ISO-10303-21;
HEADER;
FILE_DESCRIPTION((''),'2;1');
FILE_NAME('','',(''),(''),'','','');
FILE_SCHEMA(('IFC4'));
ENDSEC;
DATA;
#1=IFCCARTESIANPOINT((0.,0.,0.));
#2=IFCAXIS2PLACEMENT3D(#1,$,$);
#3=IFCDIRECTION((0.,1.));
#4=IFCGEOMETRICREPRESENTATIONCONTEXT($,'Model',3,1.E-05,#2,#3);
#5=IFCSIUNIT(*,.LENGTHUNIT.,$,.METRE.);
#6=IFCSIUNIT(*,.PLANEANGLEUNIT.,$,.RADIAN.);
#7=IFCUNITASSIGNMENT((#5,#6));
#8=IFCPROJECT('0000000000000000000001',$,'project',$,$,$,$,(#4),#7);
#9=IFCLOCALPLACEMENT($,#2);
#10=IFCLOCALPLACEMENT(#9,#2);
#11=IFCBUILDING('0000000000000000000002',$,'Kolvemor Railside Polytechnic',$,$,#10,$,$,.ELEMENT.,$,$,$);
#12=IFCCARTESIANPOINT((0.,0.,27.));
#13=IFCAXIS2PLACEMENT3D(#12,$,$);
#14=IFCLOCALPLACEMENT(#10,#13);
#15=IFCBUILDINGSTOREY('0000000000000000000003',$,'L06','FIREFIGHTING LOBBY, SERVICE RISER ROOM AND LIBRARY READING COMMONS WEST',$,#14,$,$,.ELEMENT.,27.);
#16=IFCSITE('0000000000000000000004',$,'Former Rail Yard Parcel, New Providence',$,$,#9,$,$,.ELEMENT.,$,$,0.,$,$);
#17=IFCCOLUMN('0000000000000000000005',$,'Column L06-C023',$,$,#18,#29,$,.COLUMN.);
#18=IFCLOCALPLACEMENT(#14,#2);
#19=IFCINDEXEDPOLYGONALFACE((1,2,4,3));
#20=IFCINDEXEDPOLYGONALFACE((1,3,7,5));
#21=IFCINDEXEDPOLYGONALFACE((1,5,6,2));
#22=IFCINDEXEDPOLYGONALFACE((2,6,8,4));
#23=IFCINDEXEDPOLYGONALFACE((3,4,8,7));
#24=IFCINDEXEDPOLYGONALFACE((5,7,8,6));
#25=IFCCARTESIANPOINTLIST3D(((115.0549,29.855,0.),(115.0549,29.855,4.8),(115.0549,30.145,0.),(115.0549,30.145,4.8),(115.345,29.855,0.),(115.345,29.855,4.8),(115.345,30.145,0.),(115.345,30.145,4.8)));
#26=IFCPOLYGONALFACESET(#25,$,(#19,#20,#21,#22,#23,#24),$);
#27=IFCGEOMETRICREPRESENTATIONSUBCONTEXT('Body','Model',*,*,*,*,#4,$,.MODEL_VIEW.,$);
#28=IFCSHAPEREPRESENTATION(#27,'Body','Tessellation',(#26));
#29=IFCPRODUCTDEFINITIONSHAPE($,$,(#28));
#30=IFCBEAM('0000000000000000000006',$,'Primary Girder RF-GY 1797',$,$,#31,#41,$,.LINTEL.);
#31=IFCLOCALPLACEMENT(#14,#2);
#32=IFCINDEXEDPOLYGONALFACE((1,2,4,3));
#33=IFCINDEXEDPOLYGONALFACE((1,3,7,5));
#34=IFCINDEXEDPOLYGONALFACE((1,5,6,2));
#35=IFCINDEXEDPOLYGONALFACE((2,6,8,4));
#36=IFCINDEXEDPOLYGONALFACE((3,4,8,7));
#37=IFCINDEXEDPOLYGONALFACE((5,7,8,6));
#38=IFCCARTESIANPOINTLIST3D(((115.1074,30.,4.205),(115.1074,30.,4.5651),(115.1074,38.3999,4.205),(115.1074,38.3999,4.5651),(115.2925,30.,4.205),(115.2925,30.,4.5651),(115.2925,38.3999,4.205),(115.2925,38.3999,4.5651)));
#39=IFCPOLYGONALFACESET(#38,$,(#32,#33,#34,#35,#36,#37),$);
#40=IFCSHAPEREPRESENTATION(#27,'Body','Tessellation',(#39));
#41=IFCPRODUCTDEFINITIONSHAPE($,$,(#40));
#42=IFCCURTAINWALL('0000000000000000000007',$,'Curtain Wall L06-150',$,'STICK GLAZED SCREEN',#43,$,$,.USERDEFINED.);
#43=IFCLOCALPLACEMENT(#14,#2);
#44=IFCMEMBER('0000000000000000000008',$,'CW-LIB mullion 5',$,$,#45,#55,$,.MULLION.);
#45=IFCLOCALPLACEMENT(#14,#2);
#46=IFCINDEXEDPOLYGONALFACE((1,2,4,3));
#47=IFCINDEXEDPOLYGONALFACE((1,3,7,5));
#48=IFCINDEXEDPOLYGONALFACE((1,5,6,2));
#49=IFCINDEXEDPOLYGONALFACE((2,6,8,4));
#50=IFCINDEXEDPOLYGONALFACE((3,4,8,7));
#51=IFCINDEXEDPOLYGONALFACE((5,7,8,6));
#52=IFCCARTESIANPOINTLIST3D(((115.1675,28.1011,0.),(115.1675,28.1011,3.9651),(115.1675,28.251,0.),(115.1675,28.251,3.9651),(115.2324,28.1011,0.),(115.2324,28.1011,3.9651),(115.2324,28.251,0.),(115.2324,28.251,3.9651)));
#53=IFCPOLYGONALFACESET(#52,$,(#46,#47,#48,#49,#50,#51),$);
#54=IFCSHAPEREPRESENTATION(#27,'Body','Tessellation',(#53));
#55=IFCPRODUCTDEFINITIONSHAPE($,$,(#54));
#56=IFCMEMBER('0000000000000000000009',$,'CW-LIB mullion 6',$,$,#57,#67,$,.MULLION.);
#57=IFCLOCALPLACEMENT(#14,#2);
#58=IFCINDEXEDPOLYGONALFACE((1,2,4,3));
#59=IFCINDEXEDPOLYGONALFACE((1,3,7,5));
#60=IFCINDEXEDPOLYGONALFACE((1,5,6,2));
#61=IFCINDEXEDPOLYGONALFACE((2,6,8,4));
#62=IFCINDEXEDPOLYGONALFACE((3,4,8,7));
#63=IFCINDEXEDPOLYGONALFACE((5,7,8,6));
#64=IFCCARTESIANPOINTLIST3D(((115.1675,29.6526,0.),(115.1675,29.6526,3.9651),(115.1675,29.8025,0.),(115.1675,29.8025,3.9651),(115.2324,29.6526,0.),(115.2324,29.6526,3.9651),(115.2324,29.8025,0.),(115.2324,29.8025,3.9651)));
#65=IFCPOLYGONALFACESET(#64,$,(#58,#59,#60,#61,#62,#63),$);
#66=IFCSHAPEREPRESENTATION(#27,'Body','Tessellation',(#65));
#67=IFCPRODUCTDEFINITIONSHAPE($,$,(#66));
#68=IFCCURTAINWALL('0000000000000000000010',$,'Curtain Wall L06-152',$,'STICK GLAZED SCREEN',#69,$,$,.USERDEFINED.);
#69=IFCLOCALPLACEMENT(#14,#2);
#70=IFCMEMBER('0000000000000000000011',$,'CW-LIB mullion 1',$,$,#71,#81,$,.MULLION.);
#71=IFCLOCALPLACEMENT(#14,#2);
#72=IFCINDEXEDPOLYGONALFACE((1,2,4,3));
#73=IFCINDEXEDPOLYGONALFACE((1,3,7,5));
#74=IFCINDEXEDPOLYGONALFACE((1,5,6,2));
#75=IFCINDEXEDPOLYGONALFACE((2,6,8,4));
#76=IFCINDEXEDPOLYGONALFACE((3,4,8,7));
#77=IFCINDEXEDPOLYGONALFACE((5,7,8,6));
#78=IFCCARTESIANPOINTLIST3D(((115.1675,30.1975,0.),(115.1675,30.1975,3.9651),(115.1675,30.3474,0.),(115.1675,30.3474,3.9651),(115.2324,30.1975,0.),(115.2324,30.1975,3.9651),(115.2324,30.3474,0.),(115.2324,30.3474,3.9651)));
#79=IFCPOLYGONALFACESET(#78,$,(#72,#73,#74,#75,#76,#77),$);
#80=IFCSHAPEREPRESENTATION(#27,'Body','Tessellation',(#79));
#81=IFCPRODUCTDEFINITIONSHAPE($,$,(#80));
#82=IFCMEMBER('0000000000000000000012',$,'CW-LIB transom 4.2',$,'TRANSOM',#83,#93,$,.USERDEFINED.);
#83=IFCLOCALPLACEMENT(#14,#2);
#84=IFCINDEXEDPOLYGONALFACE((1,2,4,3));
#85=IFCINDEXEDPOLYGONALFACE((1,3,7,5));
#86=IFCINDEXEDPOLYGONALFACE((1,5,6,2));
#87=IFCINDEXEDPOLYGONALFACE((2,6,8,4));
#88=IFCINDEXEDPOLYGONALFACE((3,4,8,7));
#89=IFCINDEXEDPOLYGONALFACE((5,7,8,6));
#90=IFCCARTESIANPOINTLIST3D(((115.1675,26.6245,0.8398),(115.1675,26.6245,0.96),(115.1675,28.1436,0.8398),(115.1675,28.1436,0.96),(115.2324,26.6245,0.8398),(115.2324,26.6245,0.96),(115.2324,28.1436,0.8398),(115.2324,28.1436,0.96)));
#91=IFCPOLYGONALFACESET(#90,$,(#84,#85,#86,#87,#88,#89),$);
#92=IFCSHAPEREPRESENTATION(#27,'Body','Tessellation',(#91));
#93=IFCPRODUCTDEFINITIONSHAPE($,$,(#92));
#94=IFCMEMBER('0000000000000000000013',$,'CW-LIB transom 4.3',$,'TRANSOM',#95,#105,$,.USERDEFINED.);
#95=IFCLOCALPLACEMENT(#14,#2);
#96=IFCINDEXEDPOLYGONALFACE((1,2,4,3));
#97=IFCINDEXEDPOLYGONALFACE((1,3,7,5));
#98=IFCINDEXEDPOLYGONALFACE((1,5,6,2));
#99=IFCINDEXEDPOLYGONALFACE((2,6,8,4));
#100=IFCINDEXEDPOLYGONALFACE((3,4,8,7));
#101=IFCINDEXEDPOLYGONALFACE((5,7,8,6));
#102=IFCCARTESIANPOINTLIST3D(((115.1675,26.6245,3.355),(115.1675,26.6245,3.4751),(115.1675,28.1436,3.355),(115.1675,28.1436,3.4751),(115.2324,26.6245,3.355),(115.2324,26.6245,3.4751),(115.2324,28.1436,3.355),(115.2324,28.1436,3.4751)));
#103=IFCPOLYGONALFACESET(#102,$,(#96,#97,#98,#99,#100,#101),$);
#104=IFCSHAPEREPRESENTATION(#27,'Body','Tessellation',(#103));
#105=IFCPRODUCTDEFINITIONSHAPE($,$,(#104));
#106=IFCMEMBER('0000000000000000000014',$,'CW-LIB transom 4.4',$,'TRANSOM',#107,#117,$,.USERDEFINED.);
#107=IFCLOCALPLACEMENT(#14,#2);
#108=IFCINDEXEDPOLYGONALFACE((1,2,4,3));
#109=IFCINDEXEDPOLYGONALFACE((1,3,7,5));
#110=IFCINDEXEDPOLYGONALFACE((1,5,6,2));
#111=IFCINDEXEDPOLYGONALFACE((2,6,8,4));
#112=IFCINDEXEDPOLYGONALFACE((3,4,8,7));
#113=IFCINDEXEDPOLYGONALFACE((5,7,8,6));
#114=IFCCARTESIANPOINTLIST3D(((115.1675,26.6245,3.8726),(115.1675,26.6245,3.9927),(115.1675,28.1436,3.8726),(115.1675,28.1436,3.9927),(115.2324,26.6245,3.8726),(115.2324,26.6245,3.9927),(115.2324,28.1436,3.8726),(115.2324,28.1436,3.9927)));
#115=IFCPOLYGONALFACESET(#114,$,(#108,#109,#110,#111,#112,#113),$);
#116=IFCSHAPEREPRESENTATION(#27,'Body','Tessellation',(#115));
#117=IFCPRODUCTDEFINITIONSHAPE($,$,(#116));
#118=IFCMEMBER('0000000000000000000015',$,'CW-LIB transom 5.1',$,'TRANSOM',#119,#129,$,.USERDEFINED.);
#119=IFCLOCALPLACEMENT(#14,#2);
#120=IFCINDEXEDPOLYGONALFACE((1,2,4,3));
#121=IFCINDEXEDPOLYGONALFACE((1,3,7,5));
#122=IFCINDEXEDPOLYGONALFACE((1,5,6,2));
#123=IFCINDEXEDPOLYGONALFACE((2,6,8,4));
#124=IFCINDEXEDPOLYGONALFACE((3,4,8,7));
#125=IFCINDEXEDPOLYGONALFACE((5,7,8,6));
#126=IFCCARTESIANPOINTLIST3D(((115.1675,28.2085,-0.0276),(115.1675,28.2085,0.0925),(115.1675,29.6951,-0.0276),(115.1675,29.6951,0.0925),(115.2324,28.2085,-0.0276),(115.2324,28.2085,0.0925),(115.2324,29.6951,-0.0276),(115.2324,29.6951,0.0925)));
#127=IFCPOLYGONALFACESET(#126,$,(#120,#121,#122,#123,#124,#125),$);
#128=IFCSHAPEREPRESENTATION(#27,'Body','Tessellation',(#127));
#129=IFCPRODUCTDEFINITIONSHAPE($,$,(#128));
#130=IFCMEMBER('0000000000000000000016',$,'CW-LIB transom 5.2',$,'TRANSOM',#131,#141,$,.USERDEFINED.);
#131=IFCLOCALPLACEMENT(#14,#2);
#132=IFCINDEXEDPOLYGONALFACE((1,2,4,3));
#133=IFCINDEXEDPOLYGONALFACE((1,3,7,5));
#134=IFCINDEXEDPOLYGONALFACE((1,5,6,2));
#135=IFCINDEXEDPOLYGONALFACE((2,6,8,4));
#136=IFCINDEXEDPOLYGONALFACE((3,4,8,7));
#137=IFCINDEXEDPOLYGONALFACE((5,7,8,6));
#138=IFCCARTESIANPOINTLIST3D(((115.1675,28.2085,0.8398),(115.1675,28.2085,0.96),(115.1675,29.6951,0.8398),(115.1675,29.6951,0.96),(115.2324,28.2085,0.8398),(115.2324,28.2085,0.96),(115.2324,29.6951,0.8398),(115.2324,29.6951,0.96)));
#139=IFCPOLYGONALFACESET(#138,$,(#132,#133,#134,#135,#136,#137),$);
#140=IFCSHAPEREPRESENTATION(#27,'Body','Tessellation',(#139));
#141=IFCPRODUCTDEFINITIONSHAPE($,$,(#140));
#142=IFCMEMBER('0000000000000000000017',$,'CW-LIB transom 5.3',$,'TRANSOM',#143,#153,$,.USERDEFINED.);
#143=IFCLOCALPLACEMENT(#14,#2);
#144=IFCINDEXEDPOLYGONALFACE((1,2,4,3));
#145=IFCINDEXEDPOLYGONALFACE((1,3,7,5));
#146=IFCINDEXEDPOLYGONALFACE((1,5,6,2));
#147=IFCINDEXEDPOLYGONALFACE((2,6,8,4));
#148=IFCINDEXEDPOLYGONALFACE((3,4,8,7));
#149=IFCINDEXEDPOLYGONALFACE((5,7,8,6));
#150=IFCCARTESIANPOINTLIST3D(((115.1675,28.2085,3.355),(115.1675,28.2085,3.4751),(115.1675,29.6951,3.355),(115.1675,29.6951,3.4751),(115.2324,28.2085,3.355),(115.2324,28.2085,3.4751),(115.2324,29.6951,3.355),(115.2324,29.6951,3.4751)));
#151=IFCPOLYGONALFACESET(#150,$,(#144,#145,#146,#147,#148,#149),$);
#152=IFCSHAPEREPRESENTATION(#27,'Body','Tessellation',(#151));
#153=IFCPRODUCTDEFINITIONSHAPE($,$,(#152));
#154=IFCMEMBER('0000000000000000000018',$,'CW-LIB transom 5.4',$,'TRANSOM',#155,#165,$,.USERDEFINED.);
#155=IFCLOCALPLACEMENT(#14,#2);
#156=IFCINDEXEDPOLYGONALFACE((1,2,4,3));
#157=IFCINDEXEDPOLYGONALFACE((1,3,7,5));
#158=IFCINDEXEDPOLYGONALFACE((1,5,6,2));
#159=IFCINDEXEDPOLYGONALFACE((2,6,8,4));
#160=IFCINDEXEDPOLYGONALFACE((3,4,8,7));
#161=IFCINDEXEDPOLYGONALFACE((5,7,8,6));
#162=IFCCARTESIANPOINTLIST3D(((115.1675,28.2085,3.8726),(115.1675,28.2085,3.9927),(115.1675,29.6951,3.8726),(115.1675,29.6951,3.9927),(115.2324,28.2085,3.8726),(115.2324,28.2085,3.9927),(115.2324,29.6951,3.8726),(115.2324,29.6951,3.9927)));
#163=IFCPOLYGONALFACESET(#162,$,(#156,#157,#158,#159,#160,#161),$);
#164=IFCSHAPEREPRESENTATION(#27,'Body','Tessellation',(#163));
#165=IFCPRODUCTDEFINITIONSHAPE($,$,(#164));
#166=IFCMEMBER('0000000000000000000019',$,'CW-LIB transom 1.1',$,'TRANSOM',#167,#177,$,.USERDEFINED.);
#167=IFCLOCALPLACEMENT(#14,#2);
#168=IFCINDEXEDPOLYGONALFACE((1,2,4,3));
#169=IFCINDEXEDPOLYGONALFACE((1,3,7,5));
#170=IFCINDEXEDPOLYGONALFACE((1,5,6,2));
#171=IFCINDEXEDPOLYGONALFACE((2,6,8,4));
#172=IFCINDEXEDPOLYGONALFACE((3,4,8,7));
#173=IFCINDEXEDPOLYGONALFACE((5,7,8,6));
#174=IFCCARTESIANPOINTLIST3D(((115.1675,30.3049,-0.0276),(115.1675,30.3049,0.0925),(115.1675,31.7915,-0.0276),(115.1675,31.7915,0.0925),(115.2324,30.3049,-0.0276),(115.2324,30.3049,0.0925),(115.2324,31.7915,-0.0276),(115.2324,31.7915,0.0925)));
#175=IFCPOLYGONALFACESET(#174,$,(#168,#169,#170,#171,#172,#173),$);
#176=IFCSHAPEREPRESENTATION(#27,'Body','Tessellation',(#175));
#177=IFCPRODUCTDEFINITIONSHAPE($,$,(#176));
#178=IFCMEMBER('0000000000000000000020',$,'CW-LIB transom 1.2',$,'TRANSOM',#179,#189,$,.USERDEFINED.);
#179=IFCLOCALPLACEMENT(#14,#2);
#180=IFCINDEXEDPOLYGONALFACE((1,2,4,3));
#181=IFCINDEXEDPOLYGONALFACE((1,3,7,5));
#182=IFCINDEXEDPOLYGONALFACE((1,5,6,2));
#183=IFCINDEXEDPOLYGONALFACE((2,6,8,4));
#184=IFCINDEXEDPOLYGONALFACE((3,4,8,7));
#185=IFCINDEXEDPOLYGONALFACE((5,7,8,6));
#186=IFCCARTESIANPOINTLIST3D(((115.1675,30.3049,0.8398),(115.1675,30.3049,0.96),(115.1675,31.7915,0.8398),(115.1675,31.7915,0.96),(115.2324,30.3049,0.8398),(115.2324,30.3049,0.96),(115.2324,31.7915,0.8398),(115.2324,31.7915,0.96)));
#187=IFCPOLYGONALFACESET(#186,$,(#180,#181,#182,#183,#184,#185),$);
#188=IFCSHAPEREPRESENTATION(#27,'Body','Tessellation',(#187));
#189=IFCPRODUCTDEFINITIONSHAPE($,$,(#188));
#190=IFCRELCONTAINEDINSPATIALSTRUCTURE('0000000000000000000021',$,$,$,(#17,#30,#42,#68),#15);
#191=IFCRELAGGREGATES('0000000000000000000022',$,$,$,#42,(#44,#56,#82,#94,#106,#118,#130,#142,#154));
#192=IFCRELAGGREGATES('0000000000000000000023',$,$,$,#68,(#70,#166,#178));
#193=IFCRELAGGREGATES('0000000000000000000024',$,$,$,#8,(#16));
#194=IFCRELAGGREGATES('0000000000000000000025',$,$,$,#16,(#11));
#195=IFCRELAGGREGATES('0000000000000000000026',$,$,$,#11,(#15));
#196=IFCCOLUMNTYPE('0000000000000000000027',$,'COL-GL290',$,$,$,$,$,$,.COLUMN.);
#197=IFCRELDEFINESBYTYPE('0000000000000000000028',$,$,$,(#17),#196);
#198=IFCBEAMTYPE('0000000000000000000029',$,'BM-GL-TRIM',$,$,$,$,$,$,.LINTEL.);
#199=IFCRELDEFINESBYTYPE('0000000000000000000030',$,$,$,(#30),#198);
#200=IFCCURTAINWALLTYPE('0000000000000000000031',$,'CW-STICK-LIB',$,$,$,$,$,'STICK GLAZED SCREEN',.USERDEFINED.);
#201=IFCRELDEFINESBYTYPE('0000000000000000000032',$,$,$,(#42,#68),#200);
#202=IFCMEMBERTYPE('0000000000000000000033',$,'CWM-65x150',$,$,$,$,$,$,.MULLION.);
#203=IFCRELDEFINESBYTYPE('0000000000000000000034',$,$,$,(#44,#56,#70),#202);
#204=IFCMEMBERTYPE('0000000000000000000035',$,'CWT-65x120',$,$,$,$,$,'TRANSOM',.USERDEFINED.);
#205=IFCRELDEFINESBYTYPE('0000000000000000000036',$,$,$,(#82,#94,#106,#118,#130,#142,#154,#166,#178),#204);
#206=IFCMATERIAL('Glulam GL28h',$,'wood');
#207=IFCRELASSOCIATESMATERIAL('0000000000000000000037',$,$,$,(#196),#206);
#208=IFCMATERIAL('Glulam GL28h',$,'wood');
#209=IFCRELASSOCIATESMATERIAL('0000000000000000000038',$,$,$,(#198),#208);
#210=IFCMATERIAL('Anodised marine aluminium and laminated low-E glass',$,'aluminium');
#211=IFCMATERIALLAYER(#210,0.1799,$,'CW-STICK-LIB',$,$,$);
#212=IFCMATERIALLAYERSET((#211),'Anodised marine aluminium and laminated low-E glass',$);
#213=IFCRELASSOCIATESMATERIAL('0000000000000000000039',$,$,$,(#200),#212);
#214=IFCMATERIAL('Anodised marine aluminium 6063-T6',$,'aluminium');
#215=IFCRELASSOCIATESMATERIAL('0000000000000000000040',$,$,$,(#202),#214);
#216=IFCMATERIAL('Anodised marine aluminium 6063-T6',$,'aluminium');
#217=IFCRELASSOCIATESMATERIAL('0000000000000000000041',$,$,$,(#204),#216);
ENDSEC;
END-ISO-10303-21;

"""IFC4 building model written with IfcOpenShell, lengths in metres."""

from ifc_helpers import new_model, si_unit, direction, frame, origin, origin_2d, place, context, subcontext, project, spatial, rectangle, extrude, material, layer, layer_set, material_profile, profile_set, type_object, element, aggregate, save


model = new_model("IFC4")

# Units and contexts
model_context = context("Model", 3, precision=1e-05, world=origin(), true_north=direction((0.0, 1.0)))
body_context = subcontext(model_context, "Body", "Model", "MODEL_VIEW")
ifc_project = project(units=[si_unit("LENGTHUNIT", "METRE"), si_unit("PLANEANGLEUNIT", "RADIAN")], contexts=[model_context])

# Site, building, storey
site_placement = place(None, origin())
site = spatial("IfcSite", under=ifc_project, at=site_placement, Name="Former Rail Yard Parcel, New Providence", CompositionType="ELEMENT", RefElevation=0.0)
building_placement = place(site_placement, origin())
building = spatial("IfcBuilding", under=site, at=building_placement, Name="Kolvemor Railside Polytechnic", CompositionType="ELEMENT")
storey_placement = place(building_placement, frame((0.0, 0.0, 27.0)))
storey = spatial("IfcBuildingStorey", under=building, at=storey_placement, Name="L06", Description="FIREFIGHTING LOBBY, SERVICE RISER ROOM AND LIBRARY READING COMMONS WEST", CompositionType="ELEMENT", Elevation=27.0)

# Column
ifc_material_1 = material(Name="Glulam GL28h", Category="wood")
ifc_material_profile_1 = material_profile(ifc_material_1, rectangle(XDim=0.29, YDim=0.29, at=origin_2d()), Name="GL290x290")
ifc_profile_set_1 = profile_set([ifc_material_profile_1], Name="Glulam GL28h")
column_type = type_object("IfcColumnType", Name="COL-GL290", PredefinedType="COLUMN", material=ifc_profile_set_1)
column_placement = place(storey_placement, frame((115.2, 30.0, 0.0), z_axis=(0.0, 0.0, 1.0), x_axis=(1.0, 0.0, 0.0)))
element("IfcColumn", 1, at=column_placement, inside=storey, type_object=column_type, Name="Column L06-C023", PredefinedType="COLUMN", context=body_context, shape_type="SweptSolid", body=[
    extrude(rectangle(XDim=0.29, YDim=0.29, at=origin_2d()), origin(), (0.0, 0.0, 1.0), 4.8),
])

# Beam
ifc_material_2 = material(Name="Glulam GL28h", Category="wood")
ifc_material_profile_2 = material_profile(ifc_material_2, rectangle(XDim=0.1851, YDim=0.3601, at=origin_2d()), Name="GL185x360")
ifc_profile_set_2 = profile_set([ifc_material_profile_2], Name="Glulam GL28h")
beam_type = type_object("IfcBeamType", Name="BM-GL-TRIM", PredefinedType="LINTEL", material=ifc_profile_set_2)
beam_placement = place(storey_placement, frame((115.2, 30.0, 4.385), z_axis=(0.0, 1.0, 0.0), x_axis=(-1.0, 0.0, 0.0)))
element("IfcBeam", 2, at=beam_placement, inside=storey, type_object=beam_type, Name="Primary Girder RF-GY 1797", PredefinedType="LINTEL", context=body_context, shape_type="SweptSolid", body=[
    extrude(rectangle(XDim=0.1851, YDim=0.3601, at=origin_2d()), origin(), (0.0, 0.0, 1.0), 8.3999),
])

# Curtain wall, members
ifc_material_3 = material(Name="Anodised marine aluminium and laminated low-E glass", Category="aluminium")
ifc_layer_1 = layer(ifc_material_3, 0.1799, Name="CW-STICK-LIB")
ifc_layer_set_1 = layer_set([ifc_layer_1], Name="Anodised marine aluminium and laminated low-E glass")
curtain_wall_type = type_object("IfcCurtainWallType", Name="CW-STICK-LIB", ElementType="STICK GLAZED SCREEN", PredefinedType="USERDEFINED", material=ifc_layer_set_1)
curtain_wall_1_placement = place(storey_placement, origin())
curtain_wall_1 = element("IfcCurtainWall", 3, at=curtain_wall_1_placement, inside=storey, type_object=curtain_wall_type, Name="Curtain Wall L06-150", ObjectType="STICK GLAZED SCREEN", PredefinedType="USERDEFINED")
ifc_material_4 = material(Name="Anodised marine aluminium 6063-T6", Category="aluminium")
ifc_material_profile_3 = material_profile(ifc_material_4, rectangle(XDim=0.0649, YDim=0.1499, at=origin_2d()), Name="CW-MUL-65x150")
ifc_profile_set_3 = profile_set([ifc_material_profile_3], Name="Anodised marine aluminium 6063-T6")
member_type_1 = type_object("IfcMemberType", Name="CWM-65x150", PredefinedType="MULLION", material=ifc_profile_set_3)
member_1_placement = place(storey_placement, frame((115.2, 28.176, 0.0), z_axis=(0.0, 0.0, 1.0), x_axis=(-1.0, 0.0, 0.0)))
member_1 = element("IfcMember", 4, at=member_1_placement, type_object=member_type_1, Name="CW-LIB mullion 5", PredefinedType="MULLION", context=body_context, shape_type="SweptSolid", body=[
    extrude(rectangle(XDim=0.0649, YDim=0.1499, at=origin_2d()), origin(), (0.0, 0.0, 1.0), 3.9651),
])
member_2_placement = place(storey_placement, frame((115.2, 29.7275, 0.0), z_axis=(0.0, 0.0, 1.0), x_axis=(-1.0, 0.0, 0.0)))
member_2 = element("IfcMember", 5, at=member_2_placement, type_object=member_type_1, Name="CW-LIB mullion 6", PredefinedType="MULLION", context=body_context, shape_type="SweptSolid", body=[
    extrude(rectangle(XDim=0.0649, YDim=0.1499, at=origin_2d()), origin(), (0.0, 0.0, 1.0), 3.9651),
])

# Curtain wall, member
curtain_wall_2_placement = place(storey_placement, origin())
curtain_wall_2 = element("IfcCurtainWall", 6, at=curtain_wall_2_placement, inside=storey, type_object=curtain_wall_type, Name="Curtain Wall L06-152", ObjectType="STICK GLAZED SCREEN", PredefinedType="USERDEFINED")
member_3_placement = place(storey_placement, frame((115.2, 30.2725, 0.0), z_axis=(0.0, 0.0, 1.0), x_axis=(-1.0, 0.0, 0.0)))
member_3 = element("IfcMember", 7, at=member_3_placement, type_object=member_type_1, Name="CW-LIB mullion 1", PredefinedType="MULLION", context=body_context, shape_type="SweptSolid", body=[
    extrude(rectangle(XDim=0.0649, YDim=0.1499, at=origin_2d()), origin(), (0.0, 0.0, 1.0), 3.9651),
])

# Members
ifc_material_5 = material(Name="Anodised marine aluminium 6063-T6", Category="aluminium")
ifc_material_profile_4 = material_profile(ifc_material_5, rectangle(XDim=0.0649, YDim=0.1201, at=origin_2d()), Name="CW-TRN-65x120")
ifc_profile_set_4 = profile_set([ifc_material_profile_4], Name="Anodised marine aluminium 6063-T6")
member_type_2 = type_object("IfcMemberType", Name="CWT-65x120", ElementType="TRANSOM", PredefinedType="USERDEFINED", material=ifc_profile_set_4)
member_4_placement = place(storey_placement, frame((115.2, 26.6245, 0.8999), z_axis=(0.0, 1.0, 0.0), x_axis=(-1.0, 0.0, 0.0)))
member_4 = element("IfcMember", 8, at=member_4_placement, type_object=member_type_2, Name="CW-LIB transom 4.2", ObjectType="TRANSOM", PredefinedType="USERDEFINED", context=body_context, shape_type="SweptSolid", body=[
    extrude(rectangle(XDim=0.0649, YDim=0.1201, at=origin_2d()), origin(), (0.0, 0.0, 1.0), 1.519),
])
member_5_placement = place(storey_placement, frame((115.2, 26.6245, 3.415), z_axis=(0.0, 1.0, 0.0), x_axis=(-1.0, 0.0, 0.0)))
member_5 = element("IfcMember", 9, at=member_5_placement, type_object=member_type_2, Name="CW-LIB transom 4.3", ObjectType="TRANSOM", PredefinedType="USERDEFINED", context=body_context, shape_type="SweptSolid", body=[
    extrude(rectangle(XDim=0.0649, YDim=0.1201, at=origin_2d()), origin(), (0.0, 0.0, 1.0), 1.519),
])
member_6_placement = place(storey_placement, frame((115.2, 26.6245, 3.9326), z_axis=(0.0, 1.0, 0.0), x_axis=(-1.0, 0.0, 0.0)))
member_6 = element("IfcMember", 10, at=member_6_placement, type_object=member_type_2, Name="CW-LIB transom 4.4", ObjectType="TRANSOM", PredefinedType="USERDEFINED", context=body_context, shape_type="SweptSolid", body=[
    extrude(rectangle(XDim=0.0649, YDim=0.1201, at=origin_2d()), origin(), (0.0, 0.0, 1.0), 1.519),
])
member_7_placement = place(storey_placement, frame((115.2, 28.2085, 0.0325), z_axis=(0.0, 1.0, 0.0), x_axis=(-1.0, 0.0, 0.0)))
member_7 = element("IfcMember", 11, at=member_7_placement, type_object=member_type_2, Name="CW-LIB transom 5.1", ObjectType="TRANSOM", PredefinedType="USERDEFINED", context=body_context, shape_type="SweptSolid", body=[
    extrude(rectangle(XDim=0.0649, YDim=0.1201, at=origin_2d()), origin(), (0.0, 0.0, 1.0), 1.4866),
])
member_8_placement = place(storey_placement, frame((115.2, 28.2085, 0.8999), z_axis=(0.0, 1.0, 0.0), x_axis=(-1.0, 0.0, 0.0)))
member_8 = element("IfcMember", 12, at=member_8_placement, type_object=member_type_2, Name="CW-LIB transom 5.2", ObjectType="TRANSOM", PredefinedType="USERDEFINED", context=body_context, shape_type="SweptSolid", body=[
    extrude(rectangle(XDim=0.0649, YDim=0.1201, at=origin_2d()), origin(), (0.0, 0.0, 1.0), 1.4866),
])
member_9_placement = place(storey_placement, frame((115.2, 28.2085, 3.415), z_axis=(0.0, 1.0, 0.0), x_axis=(-1.0, 0.0, 0.0)))
member_9 = element("IfcMember", 13, at=member_9_placement, type_object=member_type_2, Name="CW-LIB transom 5.3", ObjectType="TRANSOM", PredefinedType="USERDEFINED", context=body_context, shape_type="SweptSolid", body=[
    extrude(rectangle(XDim=0.0649, YDim=0.1201, at=origin_2d()), origin(), (0.0, 0.0, 1.0), 1.4866),
])
member_10_placement = place(storey_placement, frame((115.2, 28.2085, 3.9326), z_axis=(0.0, 1.0, 0.0), x_axis=(-1.0, 0.0, 0.0)))
member_10 = element("IfcMember", 14, at=member_10_placement, type_object=member_type_2, Name="CW-LIB transom 5.4", ObjectType="TRANSOM", PredefinedType="USERDEFINED", context=body_context, shape_type="SweptSolid", body=[
    extrude(rectangle(XDim=0.0649, YDim=0.1201, at=origin_2d()), origin(), (0.0, 0.0, 1.0), 1.4866),
])
member_11_placement = place(storey_placement, frame((115.2, 30.3049, 0.0325), z_axis=(0.0, 1.0, 0.0), x_axis=(-1.0, 0.0, 0.0)))
member_11 = element("IfcMember", 15, at=member_11_placement, type_object=member_type_2, Name="CW-LIB transom 1.1", ObjectType="TRANSOM", PredefinedType="USERDEFINED", context=body_context, shape_type="SweptSolid", body=[
    extrude(rectangle(XDim=0.0649, YDim=0.1201, at=origin_2d()), origin(), (0.0, 0.0, 1.0), 1.4866),
])
member_12_placement = place(storey_placement, frame((115.2, 30.3049, 0.8999), z_axis=(0.0, 1.0, 0.0), x_axis=(-1.0, 0.0, 0.0)))
member_12 = element("IfcMember", 16, at=member_12_placement, type_object=member_type_2, Name="CW-LIB transom 1.2", ObjectType="TRANSOM", PredefinedType="USERDEFINED", context=body_context, shape_type="SweptSolid", body=[
    extrude(rectangle(XDim=0.0649, YDim=0.1201, at=origin_2d()), origin(), (0.0, 0.0, 1.0), 1.4866),
])

aggregate(curtain_wall_1, [member_1, member_2, member_4, member_5, member_6, member_7, member_8, member_9, member_10])
aggregate(curtain_wall_2, [member_3, member_11, member_12])

save(model, "model.ifc")
